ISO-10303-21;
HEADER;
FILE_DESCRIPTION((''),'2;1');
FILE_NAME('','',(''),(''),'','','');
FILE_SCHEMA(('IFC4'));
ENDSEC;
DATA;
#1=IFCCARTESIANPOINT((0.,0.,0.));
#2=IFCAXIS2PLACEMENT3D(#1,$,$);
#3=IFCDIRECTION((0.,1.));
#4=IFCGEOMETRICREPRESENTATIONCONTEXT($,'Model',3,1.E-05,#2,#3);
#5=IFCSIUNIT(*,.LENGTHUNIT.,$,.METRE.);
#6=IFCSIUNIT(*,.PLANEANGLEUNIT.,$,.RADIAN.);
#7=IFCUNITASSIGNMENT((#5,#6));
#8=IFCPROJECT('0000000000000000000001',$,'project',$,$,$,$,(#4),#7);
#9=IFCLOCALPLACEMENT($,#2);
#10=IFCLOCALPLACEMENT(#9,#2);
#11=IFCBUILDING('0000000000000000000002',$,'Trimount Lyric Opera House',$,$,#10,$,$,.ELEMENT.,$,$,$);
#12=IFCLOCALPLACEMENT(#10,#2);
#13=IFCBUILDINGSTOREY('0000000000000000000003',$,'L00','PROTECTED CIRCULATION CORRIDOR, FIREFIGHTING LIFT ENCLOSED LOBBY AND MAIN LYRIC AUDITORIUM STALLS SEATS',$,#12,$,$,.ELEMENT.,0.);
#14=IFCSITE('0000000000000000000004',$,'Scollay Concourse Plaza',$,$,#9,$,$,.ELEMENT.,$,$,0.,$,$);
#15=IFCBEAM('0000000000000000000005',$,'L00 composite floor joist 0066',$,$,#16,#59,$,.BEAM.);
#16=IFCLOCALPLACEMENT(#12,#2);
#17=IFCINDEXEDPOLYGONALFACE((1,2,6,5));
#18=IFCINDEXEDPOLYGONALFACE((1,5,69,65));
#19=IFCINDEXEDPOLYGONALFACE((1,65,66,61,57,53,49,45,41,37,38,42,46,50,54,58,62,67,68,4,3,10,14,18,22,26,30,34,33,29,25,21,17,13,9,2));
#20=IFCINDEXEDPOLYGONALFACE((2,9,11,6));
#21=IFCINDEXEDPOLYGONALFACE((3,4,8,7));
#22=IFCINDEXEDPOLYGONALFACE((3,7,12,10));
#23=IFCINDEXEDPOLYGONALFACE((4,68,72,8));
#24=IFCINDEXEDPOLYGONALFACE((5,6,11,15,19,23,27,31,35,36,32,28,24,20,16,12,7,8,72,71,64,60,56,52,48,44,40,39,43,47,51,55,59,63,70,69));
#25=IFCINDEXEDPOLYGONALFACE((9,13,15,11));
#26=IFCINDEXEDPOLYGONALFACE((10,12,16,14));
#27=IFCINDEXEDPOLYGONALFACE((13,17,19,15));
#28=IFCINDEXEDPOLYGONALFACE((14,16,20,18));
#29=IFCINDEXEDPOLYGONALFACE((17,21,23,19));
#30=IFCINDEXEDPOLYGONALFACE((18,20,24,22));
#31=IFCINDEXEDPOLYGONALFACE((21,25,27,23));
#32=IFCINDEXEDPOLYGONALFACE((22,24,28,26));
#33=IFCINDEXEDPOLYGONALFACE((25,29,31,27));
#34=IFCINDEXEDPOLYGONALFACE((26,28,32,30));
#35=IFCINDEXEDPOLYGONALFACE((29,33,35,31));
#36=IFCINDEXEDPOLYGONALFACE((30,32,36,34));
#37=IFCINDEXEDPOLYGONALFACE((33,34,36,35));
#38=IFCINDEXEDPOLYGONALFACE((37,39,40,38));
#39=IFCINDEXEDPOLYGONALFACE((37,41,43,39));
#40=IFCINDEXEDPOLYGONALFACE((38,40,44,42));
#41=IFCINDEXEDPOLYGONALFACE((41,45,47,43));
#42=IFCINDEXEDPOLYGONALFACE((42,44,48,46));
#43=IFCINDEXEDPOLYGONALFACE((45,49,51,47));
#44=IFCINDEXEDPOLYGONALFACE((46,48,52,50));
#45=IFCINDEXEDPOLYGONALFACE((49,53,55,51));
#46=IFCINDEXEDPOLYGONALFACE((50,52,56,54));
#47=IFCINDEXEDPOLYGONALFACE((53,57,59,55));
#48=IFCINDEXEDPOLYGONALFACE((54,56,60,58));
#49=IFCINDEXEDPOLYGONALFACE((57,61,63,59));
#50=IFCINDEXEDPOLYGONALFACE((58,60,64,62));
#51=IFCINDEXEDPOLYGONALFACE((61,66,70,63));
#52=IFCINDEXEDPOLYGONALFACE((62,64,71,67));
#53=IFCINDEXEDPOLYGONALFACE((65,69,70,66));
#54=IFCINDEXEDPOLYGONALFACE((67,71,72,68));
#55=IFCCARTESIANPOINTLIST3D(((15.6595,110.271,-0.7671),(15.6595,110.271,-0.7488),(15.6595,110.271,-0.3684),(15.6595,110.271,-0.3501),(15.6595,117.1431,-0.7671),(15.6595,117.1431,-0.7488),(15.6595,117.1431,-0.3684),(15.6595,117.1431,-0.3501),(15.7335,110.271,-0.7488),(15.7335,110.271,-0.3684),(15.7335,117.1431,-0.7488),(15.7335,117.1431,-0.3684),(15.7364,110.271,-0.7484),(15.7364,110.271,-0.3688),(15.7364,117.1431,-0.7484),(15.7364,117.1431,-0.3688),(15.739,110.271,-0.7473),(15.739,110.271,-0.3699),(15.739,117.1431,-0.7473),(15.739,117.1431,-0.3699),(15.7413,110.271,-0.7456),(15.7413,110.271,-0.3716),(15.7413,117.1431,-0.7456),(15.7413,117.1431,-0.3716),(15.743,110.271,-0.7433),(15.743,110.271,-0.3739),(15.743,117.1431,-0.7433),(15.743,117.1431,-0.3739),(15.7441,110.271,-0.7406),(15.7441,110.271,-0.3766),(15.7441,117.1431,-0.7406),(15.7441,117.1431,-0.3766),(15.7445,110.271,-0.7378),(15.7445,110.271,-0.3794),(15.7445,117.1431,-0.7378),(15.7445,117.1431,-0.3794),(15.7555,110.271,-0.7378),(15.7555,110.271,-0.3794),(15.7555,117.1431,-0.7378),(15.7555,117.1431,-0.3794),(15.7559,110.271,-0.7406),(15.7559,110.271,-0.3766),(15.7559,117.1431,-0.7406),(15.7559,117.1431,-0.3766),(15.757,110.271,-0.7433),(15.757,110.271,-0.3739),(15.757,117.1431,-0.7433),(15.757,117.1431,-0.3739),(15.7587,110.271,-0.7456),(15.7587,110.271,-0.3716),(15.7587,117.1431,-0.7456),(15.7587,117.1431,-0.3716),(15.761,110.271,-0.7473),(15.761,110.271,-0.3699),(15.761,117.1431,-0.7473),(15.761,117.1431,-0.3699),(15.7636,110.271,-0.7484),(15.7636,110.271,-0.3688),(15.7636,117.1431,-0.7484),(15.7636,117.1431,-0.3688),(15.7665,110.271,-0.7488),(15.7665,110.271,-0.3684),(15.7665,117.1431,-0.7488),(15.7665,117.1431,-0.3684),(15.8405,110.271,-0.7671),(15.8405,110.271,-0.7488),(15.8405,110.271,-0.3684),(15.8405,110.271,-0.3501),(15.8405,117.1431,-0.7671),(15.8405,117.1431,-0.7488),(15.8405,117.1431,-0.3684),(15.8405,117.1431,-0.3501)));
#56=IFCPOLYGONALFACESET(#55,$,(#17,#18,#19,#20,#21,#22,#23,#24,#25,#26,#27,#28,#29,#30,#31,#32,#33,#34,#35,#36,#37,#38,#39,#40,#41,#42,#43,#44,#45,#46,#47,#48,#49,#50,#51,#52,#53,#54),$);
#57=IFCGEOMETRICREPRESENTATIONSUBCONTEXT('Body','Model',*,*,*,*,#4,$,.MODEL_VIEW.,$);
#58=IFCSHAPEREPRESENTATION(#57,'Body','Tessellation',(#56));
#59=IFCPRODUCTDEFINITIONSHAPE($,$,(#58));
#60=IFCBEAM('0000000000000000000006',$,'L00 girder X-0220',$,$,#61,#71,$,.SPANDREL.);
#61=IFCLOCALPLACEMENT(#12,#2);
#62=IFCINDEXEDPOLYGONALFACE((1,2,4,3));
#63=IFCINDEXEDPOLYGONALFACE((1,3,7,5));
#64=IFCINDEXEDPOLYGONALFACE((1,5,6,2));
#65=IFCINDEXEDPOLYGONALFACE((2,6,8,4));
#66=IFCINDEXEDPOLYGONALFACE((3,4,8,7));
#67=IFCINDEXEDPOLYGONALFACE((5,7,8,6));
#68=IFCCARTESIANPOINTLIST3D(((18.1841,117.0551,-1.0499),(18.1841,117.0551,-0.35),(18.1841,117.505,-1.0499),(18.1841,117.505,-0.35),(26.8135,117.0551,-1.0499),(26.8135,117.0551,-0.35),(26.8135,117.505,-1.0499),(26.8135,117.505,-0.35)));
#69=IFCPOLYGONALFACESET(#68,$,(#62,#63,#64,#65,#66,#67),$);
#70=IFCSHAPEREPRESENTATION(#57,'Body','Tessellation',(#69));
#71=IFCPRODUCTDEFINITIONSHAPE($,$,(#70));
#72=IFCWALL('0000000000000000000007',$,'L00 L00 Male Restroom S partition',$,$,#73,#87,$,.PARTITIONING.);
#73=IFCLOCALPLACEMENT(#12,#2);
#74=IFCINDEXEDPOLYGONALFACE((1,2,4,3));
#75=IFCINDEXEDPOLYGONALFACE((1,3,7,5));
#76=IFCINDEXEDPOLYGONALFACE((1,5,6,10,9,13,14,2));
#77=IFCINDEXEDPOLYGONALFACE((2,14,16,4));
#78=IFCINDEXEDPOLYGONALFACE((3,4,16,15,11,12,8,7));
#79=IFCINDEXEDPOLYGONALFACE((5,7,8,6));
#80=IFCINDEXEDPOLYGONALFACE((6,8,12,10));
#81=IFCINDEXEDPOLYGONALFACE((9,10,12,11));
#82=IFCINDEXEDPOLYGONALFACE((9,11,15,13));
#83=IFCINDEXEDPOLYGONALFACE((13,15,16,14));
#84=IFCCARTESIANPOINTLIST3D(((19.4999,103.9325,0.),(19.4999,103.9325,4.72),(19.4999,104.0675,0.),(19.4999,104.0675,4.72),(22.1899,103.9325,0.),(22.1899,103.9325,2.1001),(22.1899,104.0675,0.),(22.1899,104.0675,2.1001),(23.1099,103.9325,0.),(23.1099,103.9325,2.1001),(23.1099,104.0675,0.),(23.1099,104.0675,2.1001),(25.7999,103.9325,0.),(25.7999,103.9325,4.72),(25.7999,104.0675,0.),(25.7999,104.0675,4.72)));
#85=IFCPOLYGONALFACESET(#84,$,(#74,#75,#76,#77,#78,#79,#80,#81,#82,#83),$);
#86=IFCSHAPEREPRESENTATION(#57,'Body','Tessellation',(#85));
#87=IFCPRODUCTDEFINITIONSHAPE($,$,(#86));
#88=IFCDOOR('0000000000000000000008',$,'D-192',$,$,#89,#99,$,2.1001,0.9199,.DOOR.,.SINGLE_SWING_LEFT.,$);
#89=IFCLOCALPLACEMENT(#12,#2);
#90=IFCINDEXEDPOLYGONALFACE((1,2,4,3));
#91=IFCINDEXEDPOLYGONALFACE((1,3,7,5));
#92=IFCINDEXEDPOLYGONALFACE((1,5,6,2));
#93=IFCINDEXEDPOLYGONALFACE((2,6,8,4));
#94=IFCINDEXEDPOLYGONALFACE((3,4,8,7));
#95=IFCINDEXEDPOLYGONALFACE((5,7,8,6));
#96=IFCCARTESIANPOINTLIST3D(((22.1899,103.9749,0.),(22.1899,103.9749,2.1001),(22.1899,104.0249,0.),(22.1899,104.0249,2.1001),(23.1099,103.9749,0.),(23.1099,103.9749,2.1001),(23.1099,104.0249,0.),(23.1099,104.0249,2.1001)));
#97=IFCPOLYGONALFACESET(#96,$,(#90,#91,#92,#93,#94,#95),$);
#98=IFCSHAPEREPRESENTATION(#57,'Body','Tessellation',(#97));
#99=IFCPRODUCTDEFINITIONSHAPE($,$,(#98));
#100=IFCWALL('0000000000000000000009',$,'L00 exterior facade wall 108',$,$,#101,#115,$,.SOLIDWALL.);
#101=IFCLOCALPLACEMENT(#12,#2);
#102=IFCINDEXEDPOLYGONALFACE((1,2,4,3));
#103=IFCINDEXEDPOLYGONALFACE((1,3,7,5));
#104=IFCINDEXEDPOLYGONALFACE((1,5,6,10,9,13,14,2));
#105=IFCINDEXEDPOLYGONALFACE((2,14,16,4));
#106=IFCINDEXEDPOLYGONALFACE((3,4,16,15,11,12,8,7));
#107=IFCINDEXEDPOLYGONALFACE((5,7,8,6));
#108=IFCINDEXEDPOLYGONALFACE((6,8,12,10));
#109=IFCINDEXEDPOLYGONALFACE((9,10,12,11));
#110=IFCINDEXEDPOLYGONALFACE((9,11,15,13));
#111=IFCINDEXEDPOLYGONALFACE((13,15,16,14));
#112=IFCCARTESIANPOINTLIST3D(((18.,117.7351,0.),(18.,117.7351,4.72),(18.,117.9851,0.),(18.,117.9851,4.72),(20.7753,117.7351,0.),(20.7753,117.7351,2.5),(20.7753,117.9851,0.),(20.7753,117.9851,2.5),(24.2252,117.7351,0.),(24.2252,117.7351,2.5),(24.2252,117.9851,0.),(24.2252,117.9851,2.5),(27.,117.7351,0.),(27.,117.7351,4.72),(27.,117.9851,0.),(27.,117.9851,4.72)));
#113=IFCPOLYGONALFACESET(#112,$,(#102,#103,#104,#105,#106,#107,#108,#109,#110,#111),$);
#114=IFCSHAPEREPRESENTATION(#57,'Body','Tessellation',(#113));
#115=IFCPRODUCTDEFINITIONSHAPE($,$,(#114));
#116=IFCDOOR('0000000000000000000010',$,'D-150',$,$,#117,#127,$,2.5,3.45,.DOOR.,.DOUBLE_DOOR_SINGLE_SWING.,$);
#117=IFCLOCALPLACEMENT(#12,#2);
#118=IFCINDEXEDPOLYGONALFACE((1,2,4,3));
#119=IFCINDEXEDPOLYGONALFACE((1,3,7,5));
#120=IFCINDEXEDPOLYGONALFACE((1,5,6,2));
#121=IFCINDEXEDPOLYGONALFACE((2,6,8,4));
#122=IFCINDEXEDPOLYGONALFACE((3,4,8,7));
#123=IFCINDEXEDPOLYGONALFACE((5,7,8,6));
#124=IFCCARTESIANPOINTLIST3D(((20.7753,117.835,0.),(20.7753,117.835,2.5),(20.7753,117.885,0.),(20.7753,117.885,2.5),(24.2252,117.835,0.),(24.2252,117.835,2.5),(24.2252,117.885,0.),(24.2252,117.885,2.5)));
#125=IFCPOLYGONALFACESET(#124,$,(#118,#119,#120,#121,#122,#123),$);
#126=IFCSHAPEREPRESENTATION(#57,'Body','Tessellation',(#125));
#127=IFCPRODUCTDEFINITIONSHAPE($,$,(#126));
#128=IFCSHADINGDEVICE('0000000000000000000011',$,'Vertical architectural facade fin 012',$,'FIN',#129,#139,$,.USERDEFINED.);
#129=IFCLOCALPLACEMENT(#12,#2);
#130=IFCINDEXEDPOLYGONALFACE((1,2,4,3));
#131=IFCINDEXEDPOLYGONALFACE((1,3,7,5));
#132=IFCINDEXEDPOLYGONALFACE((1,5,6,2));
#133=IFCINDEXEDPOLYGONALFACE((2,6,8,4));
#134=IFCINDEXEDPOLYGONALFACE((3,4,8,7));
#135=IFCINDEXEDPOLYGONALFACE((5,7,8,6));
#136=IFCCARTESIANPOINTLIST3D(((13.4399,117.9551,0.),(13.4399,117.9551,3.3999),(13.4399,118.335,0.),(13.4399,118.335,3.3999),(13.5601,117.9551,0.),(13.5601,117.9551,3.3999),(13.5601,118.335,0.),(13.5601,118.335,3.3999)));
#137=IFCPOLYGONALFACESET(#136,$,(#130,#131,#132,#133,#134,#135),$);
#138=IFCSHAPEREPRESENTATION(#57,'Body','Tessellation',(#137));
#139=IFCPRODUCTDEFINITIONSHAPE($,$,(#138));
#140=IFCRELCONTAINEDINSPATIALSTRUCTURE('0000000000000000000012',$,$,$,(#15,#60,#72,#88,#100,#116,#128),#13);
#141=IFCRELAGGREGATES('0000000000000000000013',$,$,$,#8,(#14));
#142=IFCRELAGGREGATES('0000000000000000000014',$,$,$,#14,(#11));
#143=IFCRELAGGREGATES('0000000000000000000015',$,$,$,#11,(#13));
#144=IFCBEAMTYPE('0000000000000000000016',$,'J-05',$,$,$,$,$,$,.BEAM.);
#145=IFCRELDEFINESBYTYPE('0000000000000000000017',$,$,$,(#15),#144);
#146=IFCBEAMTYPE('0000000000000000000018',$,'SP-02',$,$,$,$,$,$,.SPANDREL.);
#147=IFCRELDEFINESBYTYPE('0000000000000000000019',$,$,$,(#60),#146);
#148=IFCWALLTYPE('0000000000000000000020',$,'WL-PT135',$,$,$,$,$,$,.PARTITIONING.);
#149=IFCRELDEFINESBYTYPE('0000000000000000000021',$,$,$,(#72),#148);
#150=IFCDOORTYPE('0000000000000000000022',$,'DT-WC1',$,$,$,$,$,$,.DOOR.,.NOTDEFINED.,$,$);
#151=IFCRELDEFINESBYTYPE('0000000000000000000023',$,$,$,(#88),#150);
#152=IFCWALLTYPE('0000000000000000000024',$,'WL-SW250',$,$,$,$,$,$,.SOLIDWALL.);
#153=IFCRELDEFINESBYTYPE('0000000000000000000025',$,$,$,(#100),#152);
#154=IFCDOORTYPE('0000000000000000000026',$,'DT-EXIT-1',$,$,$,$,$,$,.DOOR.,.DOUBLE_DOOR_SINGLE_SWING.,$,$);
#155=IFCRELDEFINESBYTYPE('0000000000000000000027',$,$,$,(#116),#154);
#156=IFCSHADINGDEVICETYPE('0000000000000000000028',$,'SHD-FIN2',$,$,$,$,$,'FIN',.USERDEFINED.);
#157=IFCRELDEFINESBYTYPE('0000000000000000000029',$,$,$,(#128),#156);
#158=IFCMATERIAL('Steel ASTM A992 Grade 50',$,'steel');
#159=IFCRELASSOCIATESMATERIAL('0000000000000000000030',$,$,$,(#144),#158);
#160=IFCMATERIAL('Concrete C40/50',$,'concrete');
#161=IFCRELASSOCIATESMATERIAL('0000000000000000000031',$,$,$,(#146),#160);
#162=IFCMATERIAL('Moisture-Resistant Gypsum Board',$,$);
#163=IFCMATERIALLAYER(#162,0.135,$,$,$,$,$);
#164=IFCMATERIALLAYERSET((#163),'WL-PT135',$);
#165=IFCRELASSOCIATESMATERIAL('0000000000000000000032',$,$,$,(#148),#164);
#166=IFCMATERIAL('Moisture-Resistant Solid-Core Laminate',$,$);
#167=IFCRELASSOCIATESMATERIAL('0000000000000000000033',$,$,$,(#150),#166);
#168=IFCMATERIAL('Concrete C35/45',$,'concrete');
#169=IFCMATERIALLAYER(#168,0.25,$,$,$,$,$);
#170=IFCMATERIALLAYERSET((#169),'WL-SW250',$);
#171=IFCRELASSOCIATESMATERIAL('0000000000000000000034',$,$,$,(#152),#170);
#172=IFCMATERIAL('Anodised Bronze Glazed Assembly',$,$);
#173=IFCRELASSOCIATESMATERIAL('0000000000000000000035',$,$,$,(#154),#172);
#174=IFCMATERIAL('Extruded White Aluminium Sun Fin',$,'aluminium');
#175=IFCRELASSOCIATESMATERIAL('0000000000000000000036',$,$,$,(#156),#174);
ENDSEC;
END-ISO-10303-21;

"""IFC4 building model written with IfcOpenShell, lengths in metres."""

from ifc_helpers import new_model, si_unit, direction, frame, frame_2d, origin, origin_2d, place, context, subcontext, project, spatial, rectangle, i_section, extrude, material, layer, layer_set, material_profile, profile_set, type_object, element, fill, save


model = new_model("IFC4")

# Units and contexts
model_context = context("Model", 3, precision=1e-05, world=origin(), true_north=direction((0.0, 1.0)))
body_context = subcontext(model_context, "Body", "Model", "MODEL_VIEW")
ifc_project = project(units=[si_unit("LENGTHUNIT", "METRE"), si_unit("PLANEANGLEUNIT", "RADIAN")], contexts=[model_context])

# Site, building, storey
site_placement = place(None, origin())
site = spatial("IfcSite", under=ifc_project, at=site_placement, Name="Scollay Concourse Plaza", CompositionType="ELEMENT", RefElevation=0.0)
building_placement = place(site_placement, origin())
building = spatial("IfcBuilding", under=site, at=building_placement, Name="Trimount Lyric Opera House", CompositionType="ELEMENT")
storey_placement = place(building_placement, origin())
storey = spatial("IfcBuildingStorey", under=building, at=storey_placement, Name="L00", Description="PROTECTED CIRCULATION CORRIDOR, FIREFIGHTING LIFT ENCLOSED LOBBY AND MAIN LYRIC AUDITORIUM STALLS SEATS", CompositionType="ELEMENT", Elevation=0.0)

# Beams
ifc_material_1 = material(Name="Steel ASTM A992 Grade 50", Category="steel")
ifc_material_profile_1 = material_profile(ifc_material_1, i_section(OverallWidth=0.1809, OverallDepth=0.417, WebThickness=0.011, FlangeThickness=0.0183, FilletRadius=0.011, at=origin_2d()), Name="W16X57")
ifc_profile_set_1 = profile_set([ifc_material_profile_1], Name="Steel ASTM A992 Grade 50")
beam_type_1 = type_object("IfcBeamType", Name="J-05", PredefinedType="BEAM", material=ifc_profile_set_1)
beam_1_placement = place(storey_placement, frame((15.75, 110.271, -0.5586), z_axis=(0.0, 1.0, 0.0), x_axis=(-1.0, 0.0, 0.0)))
element("IfcBeam", 1, at=beam_1_placement, inside=storey, type_object=beam_type_1, Name="L00 composite floor joist 0066", PredefinedType="BEAM", context=body_context, shape_type="SweptSolid", body=[
    extrude(i_section(OverallWidth=0.1809, OverallDepth=0.417, WebThickness=0.011, FlangeThickness=0.0183, FilletRadius=0.011, at=origin_2d()), origin(), (0.0, 0.0, 1.0), 6.8721),
])
ifc_material_2 = material(Name="Concrete C40/50", Category="concrete")
ifc_material_profile_2 = material_profile(ifc_material_2, rectangle(XDim=0.45, YDim=0.7, at=origin_2d()), Name="RC450X700")
ifc_profile_set_2 = profile_set([ifc_material_profile_2], Name="Concrete C40/50")
beam_type_2 = type_object("IfcBeamType", Name="SP-02", PredefinedType="SPANDREL", material=ifc_profile_set_2)
beam_2_placement = place(storey_placement, frame((18.1841, 117.28, -0.7), z_axis=(1.0, 0.0, 0.0), x_axis=(0.0, 1.0, 0.0)))
element("IfcBeam", 2, at=beam_2_placement, inside=storey, type_object=beam_type_2, Name="L00 girder X-0220", PredefinedType="SPANDREL", context=body_context, shape_type="SweptSolid", body=[
    extrude(rectangle(XDim=0.45, YDim=0.7, at=origin_2d()), origin(), (0.0, 0.0, 1.0), 8.6294),
])

# Wall, opening, door
ifc_material_3 = material(Name="Moisture-Resistant Gypsum Board")
ifc_layer_1 = layer(ifc_material_3, 0.135)
ifc_layer_set_1 = layer_set([ifc_layer_1], Name="WL-PT135")
wall_type_1 = type_object("IfcWallType", Name="WL-PT135", PredefinedType="PARTITIONING", material=ifc_layer_set_1)
wall_1_placement = place(storey_placement, frame((19.5, 104.0, 0.0), z_axis=(0.0, 0.0, 1.0), x_axis=(1.0, 0.0, 0.0)))
wall_1 = element("IfcWall", 3, at=wall_1_placement, inside=storey, type_object=wall_type_1, Name="L00 L00 Male Restroom S partition", PredefinedType="PARTITIONING", context=body_context, shape_type="SweptSolid", body=[
    extrude(rectangle(XDim=6.3, YDim=0.135, at=frame_2d((3.1499, 0.0))), origin(), (0.0, 0.0, 1.0), 4.72),
])
opening_1_placement = place(wall_1_placement, frame((2.6899, 0.0, 0.0)))
opening_1 = element("IfcOpeningElement", 4, at=opening_1_placement, cuts=wall_1, PredefinedType="OPENING", context=body_context, shape_type="SweptSolid", body=[
    extrude(rectangle(XDim=0.9199, YDim=2.1001, at=frame_2d((0.46, 1.05))), frame((0.0, 0.0776, 0.0), z_axis=(0.0, -1.0, 0.0), x_axis=(1.0, 0.0, 0.0)), (0.0, 0.0, 1.0), 0.155),
])
ifc_material_4 = material(Name="Moisture-Resistant Solid-Core Laminate")
door_type_1 = type_object("IfcDoorType", Name="DT-WC1", OperationType="NOTDEFINED", PredefinedType="DOOR", material=ifc_material_4)
door_1_placement = place(opening_1_placement, origin())
door_1 = element("IfcDoor", 5, at=door_1_placement, inside=storey, type_object=door_type_1, Name="D-192", OperationType="SINGLE_SWING_LEFT", OverallHeight=2.1001, OverallWidth=0.9199, PredefinedType="DOOR", context=body_context, shape_type="SweptSolid", body=[
    extrude(rectangle(XDim=0.9199, YDim=2.1001, at=frame_2d((0.46, 1.05))), frame((0.0, 0.0249, 0.0), z_axis=(0.0, -1.0, 0.0), x_axis=(1.0, 0.0, 0.0)), (0.0, 0.0, 1.0), 0.05),
])
fill(opening_1, door_1)

# Wall, opening, door
ifc_material_5 = material(Name="Concrete C35/45", Category="concrete")
ifc_layer_2 = layer(ifc_material_5, 0.25)
ifc_layer_set_2 = layer_set([ifc_layer_2], Name="WL-SW250")
wall_type_2 = type_object("IfcWallType", Name="WL-SW250", PredefinedType="SOLIDWALL", material=ifc_layer_set_2)
wall_2_placement = place(storey_placement, frame((18.0, 117.8601, 0.0), z_axis=(0.0, 0.0, 1.0), x_axis=(1.0, 0.0, 0.0)))
wall_2 = element("IfcWall", 6, at=wall_2_placement, inside=storey, type_object=wall_type_2, Name="L00 exterior facade wall 108", PredefinedType="SOLIDWALL", context=body_context, shape_type="SweptSolid", body=[
    extrude(rectangle(XDim=9.0, YDim=0.25, at=frame_2d((4.5, 0.0))), origin(), (0.0, 0.0, 1.0), 4.72),
])
opening_2_placement = place(wall_2_placement, frame((2.7751, 0.0, 0.0)))
opening_2 = element("IfcOpeningElement", 7, at=opening_2_placement, cuts=wall_2, PredefinedType="OPENING", context=body_context, shape_type="SweptSolid", body=[
    extrude(rectangle(XDim=3.45, YDim=2.5, at=frame_2d((1.7251, 1.25))), frame((0.0, 0.135, 0.0), z_axis=(0.0, -1.0, 0.0), x_axis=(1.0, 0.0, 0.0)), (0.0, 0.0, 1.0), 0.27),
])
ifc_material_6 = material(Name="Anodised Bronze Glazed Assembly")
door_type_2 = type_object("IfcDoorType", Name="DT-EXIT-1", OperationType="DOUBLE_DOOR_SINGLE_SWING", PredefinedType="DOOR", material=ifc_material_6)
door_2_placement = place(opening_2_placement, origin())
door_2 = element("IfcDoor", 8, at=door_2_placement, inside=storey, type_object=door_type_2, Name="D-150", OperationType="DOUBLE_DOOR_SINGLE_SWING", OverallHeight=2.5, OverallWidth=3.45, PredefinedType="DOOR", context=body_context, shape_type="SweptSolid", body=[
    extrude(rectangle(XDim=3.45, YDim=2.5, at=frame_2d((1.7251, 1.25))), frame((0.0, 0.0249, 0.0), z_axis=(0.0, -1.0, 0.0), x_axis=(1.0, 0.0, 0.0)), (0.0, 0.0, 1.0), 0.05),
])
fill(opening_2, door_2)

# Shading device
ifc_material_7 = material(Name="Extruded White Aluminium Sun Fin", Category="aluminium")
shading_device_type = type_object("IfcShadingDeviceType", Name="SHD-FIN2", ElementType="FIN", PredefinedType="USERDEFINED", material=ifc_material_7)
shading_device_placement = place(storey_placement, frame((13.5, 118.145, 0.0), z_axis=(0.0, 0.0, 1.0), x_axis=(1.0, 0.0, 0.0)))
element("IfcShadingDevice", 9, at=shading_device_placement, inside=storey, type_object=shading_device_type, Name="Vertical architectural facade fin 012", ObjectType="FIN", PredefinedType="USERDEFINED", context=body_context, shape_type="SweptSolid", body=[
    extrude(rectangle(XDim=0.1201, YDim=0.3799, at=origin_2d()), origin(), (0.0, 0.0, 1.0), 3.3999),
])

save(model, "model.ifc")
